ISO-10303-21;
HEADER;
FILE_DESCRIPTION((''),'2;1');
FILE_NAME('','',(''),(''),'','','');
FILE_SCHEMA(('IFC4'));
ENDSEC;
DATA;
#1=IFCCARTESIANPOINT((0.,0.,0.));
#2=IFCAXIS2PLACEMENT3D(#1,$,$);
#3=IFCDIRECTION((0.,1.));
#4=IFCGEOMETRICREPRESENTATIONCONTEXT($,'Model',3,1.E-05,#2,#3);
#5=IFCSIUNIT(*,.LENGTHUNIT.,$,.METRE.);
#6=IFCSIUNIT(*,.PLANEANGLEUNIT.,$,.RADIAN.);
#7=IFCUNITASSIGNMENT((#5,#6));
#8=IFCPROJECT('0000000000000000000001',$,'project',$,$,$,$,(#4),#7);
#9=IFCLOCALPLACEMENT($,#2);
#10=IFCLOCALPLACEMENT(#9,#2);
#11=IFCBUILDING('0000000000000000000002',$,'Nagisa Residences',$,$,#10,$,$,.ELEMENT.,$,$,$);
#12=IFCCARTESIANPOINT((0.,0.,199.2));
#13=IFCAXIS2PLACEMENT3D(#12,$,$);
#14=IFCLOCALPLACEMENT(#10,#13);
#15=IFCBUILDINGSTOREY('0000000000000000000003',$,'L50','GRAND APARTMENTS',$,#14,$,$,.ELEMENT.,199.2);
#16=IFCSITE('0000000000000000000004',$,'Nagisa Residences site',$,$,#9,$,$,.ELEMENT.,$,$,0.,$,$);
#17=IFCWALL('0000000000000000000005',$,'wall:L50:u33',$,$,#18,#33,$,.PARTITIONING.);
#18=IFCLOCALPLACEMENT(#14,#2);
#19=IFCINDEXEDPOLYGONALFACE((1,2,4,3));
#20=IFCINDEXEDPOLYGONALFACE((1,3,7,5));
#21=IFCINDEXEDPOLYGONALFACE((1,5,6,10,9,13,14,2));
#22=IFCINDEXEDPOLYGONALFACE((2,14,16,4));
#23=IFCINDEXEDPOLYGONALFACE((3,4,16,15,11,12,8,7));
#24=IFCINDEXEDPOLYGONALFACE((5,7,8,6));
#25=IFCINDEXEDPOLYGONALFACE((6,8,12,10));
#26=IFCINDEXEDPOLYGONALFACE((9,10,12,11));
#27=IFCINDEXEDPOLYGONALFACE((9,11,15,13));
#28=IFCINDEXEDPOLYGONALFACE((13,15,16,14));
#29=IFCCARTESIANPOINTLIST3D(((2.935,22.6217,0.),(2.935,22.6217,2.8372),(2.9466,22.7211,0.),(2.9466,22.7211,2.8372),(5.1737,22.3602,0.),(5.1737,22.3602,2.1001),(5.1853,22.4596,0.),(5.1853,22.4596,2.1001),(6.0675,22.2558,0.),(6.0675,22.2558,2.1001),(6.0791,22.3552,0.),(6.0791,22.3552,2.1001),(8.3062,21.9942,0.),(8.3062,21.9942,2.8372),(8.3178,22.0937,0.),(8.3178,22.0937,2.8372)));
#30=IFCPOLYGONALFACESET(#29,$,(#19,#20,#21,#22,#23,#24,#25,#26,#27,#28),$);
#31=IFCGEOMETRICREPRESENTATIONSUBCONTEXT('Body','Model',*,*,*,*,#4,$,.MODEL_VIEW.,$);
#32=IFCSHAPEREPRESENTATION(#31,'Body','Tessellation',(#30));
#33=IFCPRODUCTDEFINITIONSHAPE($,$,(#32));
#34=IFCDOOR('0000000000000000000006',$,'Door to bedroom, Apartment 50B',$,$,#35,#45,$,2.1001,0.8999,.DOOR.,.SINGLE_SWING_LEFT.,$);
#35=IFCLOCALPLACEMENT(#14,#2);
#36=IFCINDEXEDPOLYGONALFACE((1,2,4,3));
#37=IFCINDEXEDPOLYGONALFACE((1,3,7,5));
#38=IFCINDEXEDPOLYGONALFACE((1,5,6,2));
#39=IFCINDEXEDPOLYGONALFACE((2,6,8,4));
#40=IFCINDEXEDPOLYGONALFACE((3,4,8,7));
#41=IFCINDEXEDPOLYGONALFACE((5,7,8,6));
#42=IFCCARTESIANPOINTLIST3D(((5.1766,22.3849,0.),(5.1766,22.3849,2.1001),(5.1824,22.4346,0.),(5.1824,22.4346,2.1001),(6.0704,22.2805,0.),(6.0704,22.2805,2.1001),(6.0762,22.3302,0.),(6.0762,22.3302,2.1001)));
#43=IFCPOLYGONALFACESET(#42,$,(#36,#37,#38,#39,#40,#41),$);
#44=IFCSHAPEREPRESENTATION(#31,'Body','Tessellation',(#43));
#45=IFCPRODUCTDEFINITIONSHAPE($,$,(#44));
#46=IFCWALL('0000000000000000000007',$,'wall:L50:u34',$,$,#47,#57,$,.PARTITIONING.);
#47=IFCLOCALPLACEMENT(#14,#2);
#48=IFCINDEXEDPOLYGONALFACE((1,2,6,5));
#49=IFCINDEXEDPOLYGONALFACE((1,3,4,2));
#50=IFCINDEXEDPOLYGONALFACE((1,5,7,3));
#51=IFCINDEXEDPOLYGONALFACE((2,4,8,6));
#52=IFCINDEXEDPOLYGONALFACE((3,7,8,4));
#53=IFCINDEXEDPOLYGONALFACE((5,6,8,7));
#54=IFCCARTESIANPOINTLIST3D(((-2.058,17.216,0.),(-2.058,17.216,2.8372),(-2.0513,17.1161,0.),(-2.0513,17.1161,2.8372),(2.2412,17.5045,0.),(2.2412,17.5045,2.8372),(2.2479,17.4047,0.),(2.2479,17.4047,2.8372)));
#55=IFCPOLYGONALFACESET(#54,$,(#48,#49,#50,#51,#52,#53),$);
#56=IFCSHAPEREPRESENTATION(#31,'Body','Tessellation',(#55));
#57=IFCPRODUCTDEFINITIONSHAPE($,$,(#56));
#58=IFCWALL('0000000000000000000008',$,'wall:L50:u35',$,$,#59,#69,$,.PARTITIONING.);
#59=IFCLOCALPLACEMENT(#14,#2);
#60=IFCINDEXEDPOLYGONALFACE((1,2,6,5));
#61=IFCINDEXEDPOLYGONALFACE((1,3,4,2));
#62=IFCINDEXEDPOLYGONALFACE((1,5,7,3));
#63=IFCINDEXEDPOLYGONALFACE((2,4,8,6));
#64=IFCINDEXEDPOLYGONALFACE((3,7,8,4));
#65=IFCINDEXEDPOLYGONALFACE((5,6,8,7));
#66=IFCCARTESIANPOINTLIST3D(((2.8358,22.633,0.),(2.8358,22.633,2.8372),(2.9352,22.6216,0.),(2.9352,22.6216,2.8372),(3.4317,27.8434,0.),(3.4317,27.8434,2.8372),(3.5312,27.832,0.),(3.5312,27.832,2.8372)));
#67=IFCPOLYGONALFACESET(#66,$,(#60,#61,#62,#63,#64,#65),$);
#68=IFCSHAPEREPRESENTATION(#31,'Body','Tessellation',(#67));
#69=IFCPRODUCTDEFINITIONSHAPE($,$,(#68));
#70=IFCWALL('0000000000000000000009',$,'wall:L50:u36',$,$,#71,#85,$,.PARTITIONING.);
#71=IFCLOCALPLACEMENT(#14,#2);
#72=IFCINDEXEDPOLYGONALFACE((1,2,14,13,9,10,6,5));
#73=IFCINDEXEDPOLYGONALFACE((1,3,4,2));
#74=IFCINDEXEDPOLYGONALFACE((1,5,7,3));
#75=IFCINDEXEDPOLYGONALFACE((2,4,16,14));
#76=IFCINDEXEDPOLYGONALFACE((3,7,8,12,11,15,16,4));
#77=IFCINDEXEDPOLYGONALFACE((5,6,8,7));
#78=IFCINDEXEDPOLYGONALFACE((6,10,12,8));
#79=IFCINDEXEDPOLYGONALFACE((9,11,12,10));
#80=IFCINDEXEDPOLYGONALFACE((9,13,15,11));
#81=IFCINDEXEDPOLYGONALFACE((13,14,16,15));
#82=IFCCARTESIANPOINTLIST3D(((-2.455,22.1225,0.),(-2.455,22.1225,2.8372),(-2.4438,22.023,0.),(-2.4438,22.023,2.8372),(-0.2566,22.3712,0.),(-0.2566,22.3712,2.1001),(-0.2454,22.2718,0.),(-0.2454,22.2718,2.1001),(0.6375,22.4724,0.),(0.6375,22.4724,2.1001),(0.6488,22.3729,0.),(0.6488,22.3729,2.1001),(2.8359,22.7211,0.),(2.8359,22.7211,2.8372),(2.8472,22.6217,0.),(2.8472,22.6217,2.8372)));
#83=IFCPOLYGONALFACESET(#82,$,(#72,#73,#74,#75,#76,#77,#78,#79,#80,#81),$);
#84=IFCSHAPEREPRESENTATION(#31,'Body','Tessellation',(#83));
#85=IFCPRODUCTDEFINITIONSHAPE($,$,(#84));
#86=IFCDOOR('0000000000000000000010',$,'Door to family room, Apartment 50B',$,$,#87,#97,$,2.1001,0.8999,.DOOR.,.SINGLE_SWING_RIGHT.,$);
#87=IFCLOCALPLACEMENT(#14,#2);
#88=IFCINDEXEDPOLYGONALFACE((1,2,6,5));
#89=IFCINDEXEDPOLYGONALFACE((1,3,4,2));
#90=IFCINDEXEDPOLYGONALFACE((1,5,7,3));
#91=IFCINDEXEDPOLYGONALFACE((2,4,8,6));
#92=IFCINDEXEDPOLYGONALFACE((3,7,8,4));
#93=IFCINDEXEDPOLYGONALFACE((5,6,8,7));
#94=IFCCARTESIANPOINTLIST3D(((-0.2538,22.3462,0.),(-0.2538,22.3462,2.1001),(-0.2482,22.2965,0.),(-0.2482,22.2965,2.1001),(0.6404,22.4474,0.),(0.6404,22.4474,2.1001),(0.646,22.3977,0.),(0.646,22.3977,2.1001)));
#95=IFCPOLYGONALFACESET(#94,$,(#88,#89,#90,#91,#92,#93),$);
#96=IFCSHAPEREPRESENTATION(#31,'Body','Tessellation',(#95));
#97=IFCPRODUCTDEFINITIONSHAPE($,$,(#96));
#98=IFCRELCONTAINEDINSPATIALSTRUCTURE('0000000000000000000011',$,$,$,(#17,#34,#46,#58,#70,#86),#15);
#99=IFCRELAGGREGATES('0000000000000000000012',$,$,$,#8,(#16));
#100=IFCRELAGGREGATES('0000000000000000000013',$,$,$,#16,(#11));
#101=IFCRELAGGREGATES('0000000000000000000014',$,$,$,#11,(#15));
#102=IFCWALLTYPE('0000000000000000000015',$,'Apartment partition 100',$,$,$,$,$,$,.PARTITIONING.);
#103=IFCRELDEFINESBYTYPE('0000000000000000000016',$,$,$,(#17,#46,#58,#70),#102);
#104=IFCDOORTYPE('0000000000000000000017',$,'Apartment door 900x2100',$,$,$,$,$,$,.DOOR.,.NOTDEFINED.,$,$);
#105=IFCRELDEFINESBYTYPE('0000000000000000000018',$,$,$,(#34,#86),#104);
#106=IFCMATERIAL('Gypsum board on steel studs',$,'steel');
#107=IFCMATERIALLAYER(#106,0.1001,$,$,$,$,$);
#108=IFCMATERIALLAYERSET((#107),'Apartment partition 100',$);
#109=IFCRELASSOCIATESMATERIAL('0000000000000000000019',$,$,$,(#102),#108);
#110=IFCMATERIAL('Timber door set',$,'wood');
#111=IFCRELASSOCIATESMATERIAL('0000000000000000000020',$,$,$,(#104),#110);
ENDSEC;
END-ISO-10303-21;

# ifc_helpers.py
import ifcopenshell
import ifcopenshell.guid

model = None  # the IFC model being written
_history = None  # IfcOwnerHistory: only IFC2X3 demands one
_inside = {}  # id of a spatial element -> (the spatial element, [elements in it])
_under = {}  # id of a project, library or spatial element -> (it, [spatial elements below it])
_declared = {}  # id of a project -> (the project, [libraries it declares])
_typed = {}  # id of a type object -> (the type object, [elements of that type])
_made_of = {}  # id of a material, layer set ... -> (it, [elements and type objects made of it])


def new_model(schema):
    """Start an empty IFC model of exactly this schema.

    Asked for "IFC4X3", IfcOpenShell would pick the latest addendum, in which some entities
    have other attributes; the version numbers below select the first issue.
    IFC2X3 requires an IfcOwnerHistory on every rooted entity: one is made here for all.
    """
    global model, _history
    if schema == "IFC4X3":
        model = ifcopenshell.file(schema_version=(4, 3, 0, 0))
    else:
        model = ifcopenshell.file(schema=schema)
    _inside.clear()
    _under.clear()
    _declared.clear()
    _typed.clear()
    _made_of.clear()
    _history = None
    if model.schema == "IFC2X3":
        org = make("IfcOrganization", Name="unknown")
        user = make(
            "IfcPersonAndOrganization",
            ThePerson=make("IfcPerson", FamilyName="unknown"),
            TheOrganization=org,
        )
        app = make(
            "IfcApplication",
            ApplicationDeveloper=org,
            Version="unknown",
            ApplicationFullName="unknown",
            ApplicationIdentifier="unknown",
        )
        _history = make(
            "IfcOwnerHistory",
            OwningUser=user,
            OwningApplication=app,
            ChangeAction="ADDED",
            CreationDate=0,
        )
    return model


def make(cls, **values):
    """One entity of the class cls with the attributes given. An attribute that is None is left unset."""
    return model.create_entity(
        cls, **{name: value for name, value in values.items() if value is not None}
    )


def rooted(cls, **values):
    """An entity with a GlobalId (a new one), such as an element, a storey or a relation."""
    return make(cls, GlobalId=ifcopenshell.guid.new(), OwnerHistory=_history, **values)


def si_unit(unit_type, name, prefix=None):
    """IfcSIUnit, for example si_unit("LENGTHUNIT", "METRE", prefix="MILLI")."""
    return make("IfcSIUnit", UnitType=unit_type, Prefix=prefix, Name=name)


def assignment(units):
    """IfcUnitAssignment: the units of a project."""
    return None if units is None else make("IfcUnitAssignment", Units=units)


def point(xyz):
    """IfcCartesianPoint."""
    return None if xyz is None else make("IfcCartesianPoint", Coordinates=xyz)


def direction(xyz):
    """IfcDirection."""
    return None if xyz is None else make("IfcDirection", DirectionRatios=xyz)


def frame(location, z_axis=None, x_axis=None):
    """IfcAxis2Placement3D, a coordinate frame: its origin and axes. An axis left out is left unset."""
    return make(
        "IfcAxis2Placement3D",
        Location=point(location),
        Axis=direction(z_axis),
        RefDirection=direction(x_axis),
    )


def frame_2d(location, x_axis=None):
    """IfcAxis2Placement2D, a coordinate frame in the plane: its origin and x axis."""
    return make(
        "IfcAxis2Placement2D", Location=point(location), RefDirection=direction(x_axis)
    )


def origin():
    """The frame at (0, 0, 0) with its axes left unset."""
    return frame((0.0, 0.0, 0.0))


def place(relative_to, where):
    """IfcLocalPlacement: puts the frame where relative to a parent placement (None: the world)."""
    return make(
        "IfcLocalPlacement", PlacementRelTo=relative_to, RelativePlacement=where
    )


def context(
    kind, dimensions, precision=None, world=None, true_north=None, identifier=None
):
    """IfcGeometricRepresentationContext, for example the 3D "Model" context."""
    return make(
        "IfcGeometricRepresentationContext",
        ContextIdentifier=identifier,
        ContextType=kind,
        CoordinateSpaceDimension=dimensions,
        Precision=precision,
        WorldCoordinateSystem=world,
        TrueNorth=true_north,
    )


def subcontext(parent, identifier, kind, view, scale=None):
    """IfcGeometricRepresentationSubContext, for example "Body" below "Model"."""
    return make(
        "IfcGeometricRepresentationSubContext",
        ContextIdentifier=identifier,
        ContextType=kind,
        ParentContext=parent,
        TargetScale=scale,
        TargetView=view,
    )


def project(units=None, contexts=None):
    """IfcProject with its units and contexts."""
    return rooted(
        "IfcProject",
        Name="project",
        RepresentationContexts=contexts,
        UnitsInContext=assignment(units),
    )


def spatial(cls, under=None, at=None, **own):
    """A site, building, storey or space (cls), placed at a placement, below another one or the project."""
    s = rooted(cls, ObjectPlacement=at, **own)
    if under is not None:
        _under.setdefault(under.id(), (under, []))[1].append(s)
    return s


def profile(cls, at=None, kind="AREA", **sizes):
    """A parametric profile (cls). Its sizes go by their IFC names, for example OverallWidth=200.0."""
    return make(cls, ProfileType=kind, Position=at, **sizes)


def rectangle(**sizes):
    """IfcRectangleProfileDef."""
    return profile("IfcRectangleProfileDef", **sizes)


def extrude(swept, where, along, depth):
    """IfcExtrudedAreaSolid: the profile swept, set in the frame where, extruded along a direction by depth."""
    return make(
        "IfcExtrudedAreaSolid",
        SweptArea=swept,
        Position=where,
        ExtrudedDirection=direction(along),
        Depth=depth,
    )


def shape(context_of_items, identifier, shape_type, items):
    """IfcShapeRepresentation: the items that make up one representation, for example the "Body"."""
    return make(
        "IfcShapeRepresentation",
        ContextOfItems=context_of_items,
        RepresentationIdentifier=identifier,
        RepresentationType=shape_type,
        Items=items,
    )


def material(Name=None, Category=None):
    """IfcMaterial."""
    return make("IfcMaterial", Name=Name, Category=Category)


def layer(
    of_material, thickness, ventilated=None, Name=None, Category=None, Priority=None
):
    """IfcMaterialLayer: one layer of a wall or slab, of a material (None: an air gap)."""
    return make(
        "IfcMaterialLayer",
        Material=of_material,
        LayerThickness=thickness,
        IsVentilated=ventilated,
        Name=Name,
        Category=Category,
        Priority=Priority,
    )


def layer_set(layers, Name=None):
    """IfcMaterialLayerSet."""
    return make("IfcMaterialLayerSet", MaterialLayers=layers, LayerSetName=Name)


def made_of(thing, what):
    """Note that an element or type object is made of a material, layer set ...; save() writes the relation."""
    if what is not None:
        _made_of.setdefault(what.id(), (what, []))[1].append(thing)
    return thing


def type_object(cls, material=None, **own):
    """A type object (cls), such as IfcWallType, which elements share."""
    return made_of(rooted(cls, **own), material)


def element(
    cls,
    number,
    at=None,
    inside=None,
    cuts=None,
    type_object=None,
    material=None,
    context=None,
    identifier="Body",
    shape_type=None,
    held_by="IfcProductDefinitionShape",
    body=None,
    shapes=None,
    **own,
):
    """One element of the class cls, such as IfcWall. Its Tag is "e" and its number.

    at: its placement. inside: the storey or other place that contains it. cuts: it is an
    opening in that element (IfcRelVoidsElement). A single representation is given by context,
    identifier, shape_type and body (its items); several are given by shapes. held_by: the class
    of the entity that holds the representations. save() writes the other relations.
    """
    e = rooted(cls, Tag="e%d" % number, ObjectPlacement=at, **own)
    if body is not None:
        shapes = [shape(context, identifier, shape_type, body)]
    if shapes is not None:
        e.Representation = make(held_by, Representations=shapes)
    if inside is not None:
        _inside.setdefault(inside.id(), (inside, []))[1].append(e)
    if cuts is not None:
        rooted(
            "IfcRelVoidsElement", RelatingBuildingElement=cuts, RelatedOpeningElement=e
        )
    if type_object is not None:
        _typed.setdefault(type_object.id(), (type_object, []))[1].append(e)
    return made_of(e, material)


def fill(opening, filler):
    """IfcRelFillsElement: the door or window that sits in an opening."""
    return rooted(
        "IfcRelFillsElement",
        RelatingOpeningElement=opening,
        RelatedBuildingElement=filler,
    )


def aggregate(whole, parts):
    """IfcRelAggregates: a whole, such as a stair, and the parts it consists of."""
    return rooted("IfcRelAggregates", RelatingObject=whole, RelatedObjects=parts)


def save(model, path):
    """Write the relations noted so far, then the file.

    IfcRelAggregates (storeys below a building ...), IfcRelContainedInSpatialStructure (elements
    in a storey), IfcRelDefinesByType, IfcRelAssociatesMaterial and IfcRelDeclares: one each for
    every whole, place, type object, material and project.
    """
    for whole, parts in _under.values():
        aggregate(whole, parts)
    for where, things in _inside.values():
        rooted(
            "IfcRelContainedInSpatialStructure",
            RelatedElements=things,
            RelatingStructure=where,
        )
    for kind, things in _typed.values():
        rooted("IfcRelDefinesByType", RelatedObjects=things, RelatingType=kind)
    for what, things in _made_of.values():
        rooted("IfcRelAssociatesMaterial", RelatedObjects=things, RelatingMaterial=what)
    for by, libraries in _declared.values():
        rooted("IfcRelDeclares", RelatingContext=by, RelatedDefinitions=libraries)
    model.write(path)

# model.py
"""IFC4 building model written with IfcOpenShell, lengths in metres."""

from ifc_helpers import new_model, si_unit, direction, frame, frame_2d, origin, place, context, subcontext, project, spatial, rectangle, extrude, material, layer, layer_set, type_object, element, fill, save


model = new_model("IFC4")

# Units and contexts
model_context = context("Model", 3, precision=1e-05, world=origin(), true_north=direction((0.0, 1.0)))
body_context = subcontext(model_context, "Body", "Model", "MODEL_VIEW")
ifc_project = project(units=[si_unit("LENGTHUNIT", "METRE"), si_unit("PLANEANGLEUNIT", "RADIAN")], contexts=[model_context])

# Site, building, storey
site_placement = place(None, origin())
site = spatial("IfcSite", under=ifc_project, at=site_placement, Name="Nagisa Residences site", CompositionType="ELEMENT", RefElevation=0.0)
building_placement = place(site_placement, origin())
building = spatial("IfcBuilding", under=site, at=building_placement, Name="Nagisa Residences", CompositionType="ELEMENT")
storey_placement = place(building_placement, frame((0.0, 0.0, 199.2)))
storey = spatial("IfcBuildingStorey", under=building, at=storey_placement, Name="L50", Description="GRAND APARTMENTS", CompositionType="ELEMENT", Elevation=199.2)

# Shared definitions
ifc_material_1 = material(Name="Gypsum board on steel studs", Category="steel")
ifc_layer_1 = layer(ifc_material_1, 0.1001)
ifc_layer_set_1 = layer_set([ifc_layer_1], Name="Apartment partition 100")
wall_type = type_object("IfcWallType", Name="Apartment partition 100", PredefinedType="PARTITIONING", material=ifc_layer_set_1)
ifc_material_2 = material(Name="Timber door set", Category="wood")
door_type = type_object("IfcDoorType", Name="Apartment door 900x2100", OperationType="NOTDEFINED", PredefinedType="DOOR", material=ifc_material_2)

# Wall, opening, door
wall_1_placement = place(storey_placement, frame((8.312, 22.0439, 0.0), z_axis=(0.0, 0.0, 1.0), x_axis=(-0.993246, 0.116029, 0.0)))
wall_1 = element("IfcWall", 1, at=wall_1_placement, inside=storey, type_object=wall_type, Name="wall:L50:u33", PredefinedType="PARTITIONING", context=body_context, shape_type="SweptSolid", body=[
    extrude(rectangle(XDim=5.4077, YDim=0.1001, at=frame_2d((2.7039, 0.0))), origin(), (0.0, 0.0, 1.0), 2.8372),
])
opening_1_placement = place(wall_1_placement, frame((2.2539, 0.0, 0.0)))
opening_1 = element("IfcOpeningElement", 2, at=opening_1_placement, cuts=wall_1, PredefinedType="OPENING", context=body_context, shape_type="SweptSolid", body=[
    extrude(rectangle(XDim=0.8999, YDim=2.1001, at=frame_2d((0.45, 1.05))), frame((0.0, 0.0601, 0.0), z_axis=(0.0, -1.0, 0.0), x_axis=(1.0, 0.0, 0.0)), (0.0, 0.0, 1.0), 0.1201),
])
door_1_placement = place(opening_1_placement, frame((0.8999, 0.0, 0.0), x_axis=(-1.0, 0.0, 0.0)))
door_1 = element("IfcDoor", 3, at=door_1_placement, inside=storey, type_object=door_type, Name="Door to bedroom, Apartment 50B", OperationType="SINGLE_SWING_LEFT", OverallHeight=2.1001, OverallWidth=0.8999, PredefinedType="DOOR", context=body_context, shape_type="SweptSolid", body=[
    extrude(rectangle(XDim=0.8999, YDim=2.1001, at=frame_2d((0.45, 1.05))), frame((0.0, 0.0249, 0.0), z_axis=(0.0, -1.0, 0.0), x_axis=(1.0, 0.0, 0.0)), (0.0, 0.0, 1.0), 0.05),
])
fill(opening_1, door_1)

# Walls
wall_2_placement = place(storey_placement, frame((2.2444, 17.4546, 0.0), z_axis=(0.0, 0.0, 1.0), x_axis=(-0.997755, -0.066974, 0.0)))
element("IfcWall", 4, at=wall_2_placement, inside=storey, type_object=wall_type, Name="wall:L50:u34", PredefinedType="PARTITIONING", context=body_context, shape_type="SweptSolid", body=[
    extrude(rectangle(XDim=4.3088, YDim=0.1001, at=frame_2d((2.1543, 0.0))), origin(), (0.0, 0.0, 1.0), 2.8372),
])
wall_3_placement = place(storey_placement, frame((2.8855, 22.6274, 0.0), z_axis=(0.0, 0.0, 1.0), x_axis=(0.113635, 0.993523, 0.0)))
element("IfcWall", 5, at=wall_3_placement, inside=storey, type_object=wall_type, Name="wall:L50:u35", PredefinedType="PARTITIONING", context=body_context, shape_type="SweptSolid", body=[
    extrude(rectangle(XDim=5.2444, YDim=0.1001, at=frame_2d((2.6221, 0.0))), origin(), (0.0, 0.0, 1.0), 2.8372),
])

# Wall, opening, door
wall_4_placement = place(storey_placement, frame((2.8416, 22.6714, 0.0), z_axis=(0.0, 0.0, 1.0), x_axis=(-0.99366, -0.112424, 0.0)))
wall_4 = element("IfcWall", 6, at=wall_4_placement, inside=storey, type_object=wall_type, Name="wall:L50:u36", PredefinedType="PARTITIONING", context=body_context, shape_type="SweptSolid", body=[
    extrude(rectangle(XDim=5.3247, YDim=0.1001, at=frame_2d((2.6624, 0.0))), origin(), (0.0, 0.0, 1.0), 2.8372),
])
opening_2_placement = place(wall_4_placement, frame((2.2124, 0.0, 0.0)))
opening_2 = element("IfcOpeningElement", 7, at=opening_2_placement, cuts=wall_4, PredefinedType="OPENING", context=body_context, shape_type="SweptSolid", body=[
    extrude(rectangle(XDim=0.8999, YDim=2.1001, at=frame_2d((0.45, 1.05))), frame((0.0, 0.0601, 0.0), z_axis=(0.0, -1.0, 0.0), x_axis=(1.0, 0.0, 0.0)), (0.0, 0.0, 1.0), 0.1201),
])
door_2_placement = place(opening_2_placement, frame((0.8999, 0.0, 0.0), x_axis=(-1.0, 0.0, 0.0)))
door_2 = element("IfcDoor", 8, at=door_2_placement, inside=storey, type_object=door_type, Name="Door to family room, Apartment 50B", OperationType="SINGLE_SWING_RIGHT", OverallHeight=2.1001, OverallWidth=0.8999, PredefinedType="DOOR", context=body_context, shape_type="SweptSolid", body=[
    extrude(rectangle(XDim=0.8999, YDim=2.1001, at=frame_2d((0.45, 1.05))), frame((0.0, 0.0249, 0.0), z_axis=(0.0, -1.0, 0.0), x_axis=(1.0, 0.0, 0.0)), (0.0, 0.0, 1.0), 0.05),
])
fill(opening_2, door_2)

save(model, "model.ifc")
